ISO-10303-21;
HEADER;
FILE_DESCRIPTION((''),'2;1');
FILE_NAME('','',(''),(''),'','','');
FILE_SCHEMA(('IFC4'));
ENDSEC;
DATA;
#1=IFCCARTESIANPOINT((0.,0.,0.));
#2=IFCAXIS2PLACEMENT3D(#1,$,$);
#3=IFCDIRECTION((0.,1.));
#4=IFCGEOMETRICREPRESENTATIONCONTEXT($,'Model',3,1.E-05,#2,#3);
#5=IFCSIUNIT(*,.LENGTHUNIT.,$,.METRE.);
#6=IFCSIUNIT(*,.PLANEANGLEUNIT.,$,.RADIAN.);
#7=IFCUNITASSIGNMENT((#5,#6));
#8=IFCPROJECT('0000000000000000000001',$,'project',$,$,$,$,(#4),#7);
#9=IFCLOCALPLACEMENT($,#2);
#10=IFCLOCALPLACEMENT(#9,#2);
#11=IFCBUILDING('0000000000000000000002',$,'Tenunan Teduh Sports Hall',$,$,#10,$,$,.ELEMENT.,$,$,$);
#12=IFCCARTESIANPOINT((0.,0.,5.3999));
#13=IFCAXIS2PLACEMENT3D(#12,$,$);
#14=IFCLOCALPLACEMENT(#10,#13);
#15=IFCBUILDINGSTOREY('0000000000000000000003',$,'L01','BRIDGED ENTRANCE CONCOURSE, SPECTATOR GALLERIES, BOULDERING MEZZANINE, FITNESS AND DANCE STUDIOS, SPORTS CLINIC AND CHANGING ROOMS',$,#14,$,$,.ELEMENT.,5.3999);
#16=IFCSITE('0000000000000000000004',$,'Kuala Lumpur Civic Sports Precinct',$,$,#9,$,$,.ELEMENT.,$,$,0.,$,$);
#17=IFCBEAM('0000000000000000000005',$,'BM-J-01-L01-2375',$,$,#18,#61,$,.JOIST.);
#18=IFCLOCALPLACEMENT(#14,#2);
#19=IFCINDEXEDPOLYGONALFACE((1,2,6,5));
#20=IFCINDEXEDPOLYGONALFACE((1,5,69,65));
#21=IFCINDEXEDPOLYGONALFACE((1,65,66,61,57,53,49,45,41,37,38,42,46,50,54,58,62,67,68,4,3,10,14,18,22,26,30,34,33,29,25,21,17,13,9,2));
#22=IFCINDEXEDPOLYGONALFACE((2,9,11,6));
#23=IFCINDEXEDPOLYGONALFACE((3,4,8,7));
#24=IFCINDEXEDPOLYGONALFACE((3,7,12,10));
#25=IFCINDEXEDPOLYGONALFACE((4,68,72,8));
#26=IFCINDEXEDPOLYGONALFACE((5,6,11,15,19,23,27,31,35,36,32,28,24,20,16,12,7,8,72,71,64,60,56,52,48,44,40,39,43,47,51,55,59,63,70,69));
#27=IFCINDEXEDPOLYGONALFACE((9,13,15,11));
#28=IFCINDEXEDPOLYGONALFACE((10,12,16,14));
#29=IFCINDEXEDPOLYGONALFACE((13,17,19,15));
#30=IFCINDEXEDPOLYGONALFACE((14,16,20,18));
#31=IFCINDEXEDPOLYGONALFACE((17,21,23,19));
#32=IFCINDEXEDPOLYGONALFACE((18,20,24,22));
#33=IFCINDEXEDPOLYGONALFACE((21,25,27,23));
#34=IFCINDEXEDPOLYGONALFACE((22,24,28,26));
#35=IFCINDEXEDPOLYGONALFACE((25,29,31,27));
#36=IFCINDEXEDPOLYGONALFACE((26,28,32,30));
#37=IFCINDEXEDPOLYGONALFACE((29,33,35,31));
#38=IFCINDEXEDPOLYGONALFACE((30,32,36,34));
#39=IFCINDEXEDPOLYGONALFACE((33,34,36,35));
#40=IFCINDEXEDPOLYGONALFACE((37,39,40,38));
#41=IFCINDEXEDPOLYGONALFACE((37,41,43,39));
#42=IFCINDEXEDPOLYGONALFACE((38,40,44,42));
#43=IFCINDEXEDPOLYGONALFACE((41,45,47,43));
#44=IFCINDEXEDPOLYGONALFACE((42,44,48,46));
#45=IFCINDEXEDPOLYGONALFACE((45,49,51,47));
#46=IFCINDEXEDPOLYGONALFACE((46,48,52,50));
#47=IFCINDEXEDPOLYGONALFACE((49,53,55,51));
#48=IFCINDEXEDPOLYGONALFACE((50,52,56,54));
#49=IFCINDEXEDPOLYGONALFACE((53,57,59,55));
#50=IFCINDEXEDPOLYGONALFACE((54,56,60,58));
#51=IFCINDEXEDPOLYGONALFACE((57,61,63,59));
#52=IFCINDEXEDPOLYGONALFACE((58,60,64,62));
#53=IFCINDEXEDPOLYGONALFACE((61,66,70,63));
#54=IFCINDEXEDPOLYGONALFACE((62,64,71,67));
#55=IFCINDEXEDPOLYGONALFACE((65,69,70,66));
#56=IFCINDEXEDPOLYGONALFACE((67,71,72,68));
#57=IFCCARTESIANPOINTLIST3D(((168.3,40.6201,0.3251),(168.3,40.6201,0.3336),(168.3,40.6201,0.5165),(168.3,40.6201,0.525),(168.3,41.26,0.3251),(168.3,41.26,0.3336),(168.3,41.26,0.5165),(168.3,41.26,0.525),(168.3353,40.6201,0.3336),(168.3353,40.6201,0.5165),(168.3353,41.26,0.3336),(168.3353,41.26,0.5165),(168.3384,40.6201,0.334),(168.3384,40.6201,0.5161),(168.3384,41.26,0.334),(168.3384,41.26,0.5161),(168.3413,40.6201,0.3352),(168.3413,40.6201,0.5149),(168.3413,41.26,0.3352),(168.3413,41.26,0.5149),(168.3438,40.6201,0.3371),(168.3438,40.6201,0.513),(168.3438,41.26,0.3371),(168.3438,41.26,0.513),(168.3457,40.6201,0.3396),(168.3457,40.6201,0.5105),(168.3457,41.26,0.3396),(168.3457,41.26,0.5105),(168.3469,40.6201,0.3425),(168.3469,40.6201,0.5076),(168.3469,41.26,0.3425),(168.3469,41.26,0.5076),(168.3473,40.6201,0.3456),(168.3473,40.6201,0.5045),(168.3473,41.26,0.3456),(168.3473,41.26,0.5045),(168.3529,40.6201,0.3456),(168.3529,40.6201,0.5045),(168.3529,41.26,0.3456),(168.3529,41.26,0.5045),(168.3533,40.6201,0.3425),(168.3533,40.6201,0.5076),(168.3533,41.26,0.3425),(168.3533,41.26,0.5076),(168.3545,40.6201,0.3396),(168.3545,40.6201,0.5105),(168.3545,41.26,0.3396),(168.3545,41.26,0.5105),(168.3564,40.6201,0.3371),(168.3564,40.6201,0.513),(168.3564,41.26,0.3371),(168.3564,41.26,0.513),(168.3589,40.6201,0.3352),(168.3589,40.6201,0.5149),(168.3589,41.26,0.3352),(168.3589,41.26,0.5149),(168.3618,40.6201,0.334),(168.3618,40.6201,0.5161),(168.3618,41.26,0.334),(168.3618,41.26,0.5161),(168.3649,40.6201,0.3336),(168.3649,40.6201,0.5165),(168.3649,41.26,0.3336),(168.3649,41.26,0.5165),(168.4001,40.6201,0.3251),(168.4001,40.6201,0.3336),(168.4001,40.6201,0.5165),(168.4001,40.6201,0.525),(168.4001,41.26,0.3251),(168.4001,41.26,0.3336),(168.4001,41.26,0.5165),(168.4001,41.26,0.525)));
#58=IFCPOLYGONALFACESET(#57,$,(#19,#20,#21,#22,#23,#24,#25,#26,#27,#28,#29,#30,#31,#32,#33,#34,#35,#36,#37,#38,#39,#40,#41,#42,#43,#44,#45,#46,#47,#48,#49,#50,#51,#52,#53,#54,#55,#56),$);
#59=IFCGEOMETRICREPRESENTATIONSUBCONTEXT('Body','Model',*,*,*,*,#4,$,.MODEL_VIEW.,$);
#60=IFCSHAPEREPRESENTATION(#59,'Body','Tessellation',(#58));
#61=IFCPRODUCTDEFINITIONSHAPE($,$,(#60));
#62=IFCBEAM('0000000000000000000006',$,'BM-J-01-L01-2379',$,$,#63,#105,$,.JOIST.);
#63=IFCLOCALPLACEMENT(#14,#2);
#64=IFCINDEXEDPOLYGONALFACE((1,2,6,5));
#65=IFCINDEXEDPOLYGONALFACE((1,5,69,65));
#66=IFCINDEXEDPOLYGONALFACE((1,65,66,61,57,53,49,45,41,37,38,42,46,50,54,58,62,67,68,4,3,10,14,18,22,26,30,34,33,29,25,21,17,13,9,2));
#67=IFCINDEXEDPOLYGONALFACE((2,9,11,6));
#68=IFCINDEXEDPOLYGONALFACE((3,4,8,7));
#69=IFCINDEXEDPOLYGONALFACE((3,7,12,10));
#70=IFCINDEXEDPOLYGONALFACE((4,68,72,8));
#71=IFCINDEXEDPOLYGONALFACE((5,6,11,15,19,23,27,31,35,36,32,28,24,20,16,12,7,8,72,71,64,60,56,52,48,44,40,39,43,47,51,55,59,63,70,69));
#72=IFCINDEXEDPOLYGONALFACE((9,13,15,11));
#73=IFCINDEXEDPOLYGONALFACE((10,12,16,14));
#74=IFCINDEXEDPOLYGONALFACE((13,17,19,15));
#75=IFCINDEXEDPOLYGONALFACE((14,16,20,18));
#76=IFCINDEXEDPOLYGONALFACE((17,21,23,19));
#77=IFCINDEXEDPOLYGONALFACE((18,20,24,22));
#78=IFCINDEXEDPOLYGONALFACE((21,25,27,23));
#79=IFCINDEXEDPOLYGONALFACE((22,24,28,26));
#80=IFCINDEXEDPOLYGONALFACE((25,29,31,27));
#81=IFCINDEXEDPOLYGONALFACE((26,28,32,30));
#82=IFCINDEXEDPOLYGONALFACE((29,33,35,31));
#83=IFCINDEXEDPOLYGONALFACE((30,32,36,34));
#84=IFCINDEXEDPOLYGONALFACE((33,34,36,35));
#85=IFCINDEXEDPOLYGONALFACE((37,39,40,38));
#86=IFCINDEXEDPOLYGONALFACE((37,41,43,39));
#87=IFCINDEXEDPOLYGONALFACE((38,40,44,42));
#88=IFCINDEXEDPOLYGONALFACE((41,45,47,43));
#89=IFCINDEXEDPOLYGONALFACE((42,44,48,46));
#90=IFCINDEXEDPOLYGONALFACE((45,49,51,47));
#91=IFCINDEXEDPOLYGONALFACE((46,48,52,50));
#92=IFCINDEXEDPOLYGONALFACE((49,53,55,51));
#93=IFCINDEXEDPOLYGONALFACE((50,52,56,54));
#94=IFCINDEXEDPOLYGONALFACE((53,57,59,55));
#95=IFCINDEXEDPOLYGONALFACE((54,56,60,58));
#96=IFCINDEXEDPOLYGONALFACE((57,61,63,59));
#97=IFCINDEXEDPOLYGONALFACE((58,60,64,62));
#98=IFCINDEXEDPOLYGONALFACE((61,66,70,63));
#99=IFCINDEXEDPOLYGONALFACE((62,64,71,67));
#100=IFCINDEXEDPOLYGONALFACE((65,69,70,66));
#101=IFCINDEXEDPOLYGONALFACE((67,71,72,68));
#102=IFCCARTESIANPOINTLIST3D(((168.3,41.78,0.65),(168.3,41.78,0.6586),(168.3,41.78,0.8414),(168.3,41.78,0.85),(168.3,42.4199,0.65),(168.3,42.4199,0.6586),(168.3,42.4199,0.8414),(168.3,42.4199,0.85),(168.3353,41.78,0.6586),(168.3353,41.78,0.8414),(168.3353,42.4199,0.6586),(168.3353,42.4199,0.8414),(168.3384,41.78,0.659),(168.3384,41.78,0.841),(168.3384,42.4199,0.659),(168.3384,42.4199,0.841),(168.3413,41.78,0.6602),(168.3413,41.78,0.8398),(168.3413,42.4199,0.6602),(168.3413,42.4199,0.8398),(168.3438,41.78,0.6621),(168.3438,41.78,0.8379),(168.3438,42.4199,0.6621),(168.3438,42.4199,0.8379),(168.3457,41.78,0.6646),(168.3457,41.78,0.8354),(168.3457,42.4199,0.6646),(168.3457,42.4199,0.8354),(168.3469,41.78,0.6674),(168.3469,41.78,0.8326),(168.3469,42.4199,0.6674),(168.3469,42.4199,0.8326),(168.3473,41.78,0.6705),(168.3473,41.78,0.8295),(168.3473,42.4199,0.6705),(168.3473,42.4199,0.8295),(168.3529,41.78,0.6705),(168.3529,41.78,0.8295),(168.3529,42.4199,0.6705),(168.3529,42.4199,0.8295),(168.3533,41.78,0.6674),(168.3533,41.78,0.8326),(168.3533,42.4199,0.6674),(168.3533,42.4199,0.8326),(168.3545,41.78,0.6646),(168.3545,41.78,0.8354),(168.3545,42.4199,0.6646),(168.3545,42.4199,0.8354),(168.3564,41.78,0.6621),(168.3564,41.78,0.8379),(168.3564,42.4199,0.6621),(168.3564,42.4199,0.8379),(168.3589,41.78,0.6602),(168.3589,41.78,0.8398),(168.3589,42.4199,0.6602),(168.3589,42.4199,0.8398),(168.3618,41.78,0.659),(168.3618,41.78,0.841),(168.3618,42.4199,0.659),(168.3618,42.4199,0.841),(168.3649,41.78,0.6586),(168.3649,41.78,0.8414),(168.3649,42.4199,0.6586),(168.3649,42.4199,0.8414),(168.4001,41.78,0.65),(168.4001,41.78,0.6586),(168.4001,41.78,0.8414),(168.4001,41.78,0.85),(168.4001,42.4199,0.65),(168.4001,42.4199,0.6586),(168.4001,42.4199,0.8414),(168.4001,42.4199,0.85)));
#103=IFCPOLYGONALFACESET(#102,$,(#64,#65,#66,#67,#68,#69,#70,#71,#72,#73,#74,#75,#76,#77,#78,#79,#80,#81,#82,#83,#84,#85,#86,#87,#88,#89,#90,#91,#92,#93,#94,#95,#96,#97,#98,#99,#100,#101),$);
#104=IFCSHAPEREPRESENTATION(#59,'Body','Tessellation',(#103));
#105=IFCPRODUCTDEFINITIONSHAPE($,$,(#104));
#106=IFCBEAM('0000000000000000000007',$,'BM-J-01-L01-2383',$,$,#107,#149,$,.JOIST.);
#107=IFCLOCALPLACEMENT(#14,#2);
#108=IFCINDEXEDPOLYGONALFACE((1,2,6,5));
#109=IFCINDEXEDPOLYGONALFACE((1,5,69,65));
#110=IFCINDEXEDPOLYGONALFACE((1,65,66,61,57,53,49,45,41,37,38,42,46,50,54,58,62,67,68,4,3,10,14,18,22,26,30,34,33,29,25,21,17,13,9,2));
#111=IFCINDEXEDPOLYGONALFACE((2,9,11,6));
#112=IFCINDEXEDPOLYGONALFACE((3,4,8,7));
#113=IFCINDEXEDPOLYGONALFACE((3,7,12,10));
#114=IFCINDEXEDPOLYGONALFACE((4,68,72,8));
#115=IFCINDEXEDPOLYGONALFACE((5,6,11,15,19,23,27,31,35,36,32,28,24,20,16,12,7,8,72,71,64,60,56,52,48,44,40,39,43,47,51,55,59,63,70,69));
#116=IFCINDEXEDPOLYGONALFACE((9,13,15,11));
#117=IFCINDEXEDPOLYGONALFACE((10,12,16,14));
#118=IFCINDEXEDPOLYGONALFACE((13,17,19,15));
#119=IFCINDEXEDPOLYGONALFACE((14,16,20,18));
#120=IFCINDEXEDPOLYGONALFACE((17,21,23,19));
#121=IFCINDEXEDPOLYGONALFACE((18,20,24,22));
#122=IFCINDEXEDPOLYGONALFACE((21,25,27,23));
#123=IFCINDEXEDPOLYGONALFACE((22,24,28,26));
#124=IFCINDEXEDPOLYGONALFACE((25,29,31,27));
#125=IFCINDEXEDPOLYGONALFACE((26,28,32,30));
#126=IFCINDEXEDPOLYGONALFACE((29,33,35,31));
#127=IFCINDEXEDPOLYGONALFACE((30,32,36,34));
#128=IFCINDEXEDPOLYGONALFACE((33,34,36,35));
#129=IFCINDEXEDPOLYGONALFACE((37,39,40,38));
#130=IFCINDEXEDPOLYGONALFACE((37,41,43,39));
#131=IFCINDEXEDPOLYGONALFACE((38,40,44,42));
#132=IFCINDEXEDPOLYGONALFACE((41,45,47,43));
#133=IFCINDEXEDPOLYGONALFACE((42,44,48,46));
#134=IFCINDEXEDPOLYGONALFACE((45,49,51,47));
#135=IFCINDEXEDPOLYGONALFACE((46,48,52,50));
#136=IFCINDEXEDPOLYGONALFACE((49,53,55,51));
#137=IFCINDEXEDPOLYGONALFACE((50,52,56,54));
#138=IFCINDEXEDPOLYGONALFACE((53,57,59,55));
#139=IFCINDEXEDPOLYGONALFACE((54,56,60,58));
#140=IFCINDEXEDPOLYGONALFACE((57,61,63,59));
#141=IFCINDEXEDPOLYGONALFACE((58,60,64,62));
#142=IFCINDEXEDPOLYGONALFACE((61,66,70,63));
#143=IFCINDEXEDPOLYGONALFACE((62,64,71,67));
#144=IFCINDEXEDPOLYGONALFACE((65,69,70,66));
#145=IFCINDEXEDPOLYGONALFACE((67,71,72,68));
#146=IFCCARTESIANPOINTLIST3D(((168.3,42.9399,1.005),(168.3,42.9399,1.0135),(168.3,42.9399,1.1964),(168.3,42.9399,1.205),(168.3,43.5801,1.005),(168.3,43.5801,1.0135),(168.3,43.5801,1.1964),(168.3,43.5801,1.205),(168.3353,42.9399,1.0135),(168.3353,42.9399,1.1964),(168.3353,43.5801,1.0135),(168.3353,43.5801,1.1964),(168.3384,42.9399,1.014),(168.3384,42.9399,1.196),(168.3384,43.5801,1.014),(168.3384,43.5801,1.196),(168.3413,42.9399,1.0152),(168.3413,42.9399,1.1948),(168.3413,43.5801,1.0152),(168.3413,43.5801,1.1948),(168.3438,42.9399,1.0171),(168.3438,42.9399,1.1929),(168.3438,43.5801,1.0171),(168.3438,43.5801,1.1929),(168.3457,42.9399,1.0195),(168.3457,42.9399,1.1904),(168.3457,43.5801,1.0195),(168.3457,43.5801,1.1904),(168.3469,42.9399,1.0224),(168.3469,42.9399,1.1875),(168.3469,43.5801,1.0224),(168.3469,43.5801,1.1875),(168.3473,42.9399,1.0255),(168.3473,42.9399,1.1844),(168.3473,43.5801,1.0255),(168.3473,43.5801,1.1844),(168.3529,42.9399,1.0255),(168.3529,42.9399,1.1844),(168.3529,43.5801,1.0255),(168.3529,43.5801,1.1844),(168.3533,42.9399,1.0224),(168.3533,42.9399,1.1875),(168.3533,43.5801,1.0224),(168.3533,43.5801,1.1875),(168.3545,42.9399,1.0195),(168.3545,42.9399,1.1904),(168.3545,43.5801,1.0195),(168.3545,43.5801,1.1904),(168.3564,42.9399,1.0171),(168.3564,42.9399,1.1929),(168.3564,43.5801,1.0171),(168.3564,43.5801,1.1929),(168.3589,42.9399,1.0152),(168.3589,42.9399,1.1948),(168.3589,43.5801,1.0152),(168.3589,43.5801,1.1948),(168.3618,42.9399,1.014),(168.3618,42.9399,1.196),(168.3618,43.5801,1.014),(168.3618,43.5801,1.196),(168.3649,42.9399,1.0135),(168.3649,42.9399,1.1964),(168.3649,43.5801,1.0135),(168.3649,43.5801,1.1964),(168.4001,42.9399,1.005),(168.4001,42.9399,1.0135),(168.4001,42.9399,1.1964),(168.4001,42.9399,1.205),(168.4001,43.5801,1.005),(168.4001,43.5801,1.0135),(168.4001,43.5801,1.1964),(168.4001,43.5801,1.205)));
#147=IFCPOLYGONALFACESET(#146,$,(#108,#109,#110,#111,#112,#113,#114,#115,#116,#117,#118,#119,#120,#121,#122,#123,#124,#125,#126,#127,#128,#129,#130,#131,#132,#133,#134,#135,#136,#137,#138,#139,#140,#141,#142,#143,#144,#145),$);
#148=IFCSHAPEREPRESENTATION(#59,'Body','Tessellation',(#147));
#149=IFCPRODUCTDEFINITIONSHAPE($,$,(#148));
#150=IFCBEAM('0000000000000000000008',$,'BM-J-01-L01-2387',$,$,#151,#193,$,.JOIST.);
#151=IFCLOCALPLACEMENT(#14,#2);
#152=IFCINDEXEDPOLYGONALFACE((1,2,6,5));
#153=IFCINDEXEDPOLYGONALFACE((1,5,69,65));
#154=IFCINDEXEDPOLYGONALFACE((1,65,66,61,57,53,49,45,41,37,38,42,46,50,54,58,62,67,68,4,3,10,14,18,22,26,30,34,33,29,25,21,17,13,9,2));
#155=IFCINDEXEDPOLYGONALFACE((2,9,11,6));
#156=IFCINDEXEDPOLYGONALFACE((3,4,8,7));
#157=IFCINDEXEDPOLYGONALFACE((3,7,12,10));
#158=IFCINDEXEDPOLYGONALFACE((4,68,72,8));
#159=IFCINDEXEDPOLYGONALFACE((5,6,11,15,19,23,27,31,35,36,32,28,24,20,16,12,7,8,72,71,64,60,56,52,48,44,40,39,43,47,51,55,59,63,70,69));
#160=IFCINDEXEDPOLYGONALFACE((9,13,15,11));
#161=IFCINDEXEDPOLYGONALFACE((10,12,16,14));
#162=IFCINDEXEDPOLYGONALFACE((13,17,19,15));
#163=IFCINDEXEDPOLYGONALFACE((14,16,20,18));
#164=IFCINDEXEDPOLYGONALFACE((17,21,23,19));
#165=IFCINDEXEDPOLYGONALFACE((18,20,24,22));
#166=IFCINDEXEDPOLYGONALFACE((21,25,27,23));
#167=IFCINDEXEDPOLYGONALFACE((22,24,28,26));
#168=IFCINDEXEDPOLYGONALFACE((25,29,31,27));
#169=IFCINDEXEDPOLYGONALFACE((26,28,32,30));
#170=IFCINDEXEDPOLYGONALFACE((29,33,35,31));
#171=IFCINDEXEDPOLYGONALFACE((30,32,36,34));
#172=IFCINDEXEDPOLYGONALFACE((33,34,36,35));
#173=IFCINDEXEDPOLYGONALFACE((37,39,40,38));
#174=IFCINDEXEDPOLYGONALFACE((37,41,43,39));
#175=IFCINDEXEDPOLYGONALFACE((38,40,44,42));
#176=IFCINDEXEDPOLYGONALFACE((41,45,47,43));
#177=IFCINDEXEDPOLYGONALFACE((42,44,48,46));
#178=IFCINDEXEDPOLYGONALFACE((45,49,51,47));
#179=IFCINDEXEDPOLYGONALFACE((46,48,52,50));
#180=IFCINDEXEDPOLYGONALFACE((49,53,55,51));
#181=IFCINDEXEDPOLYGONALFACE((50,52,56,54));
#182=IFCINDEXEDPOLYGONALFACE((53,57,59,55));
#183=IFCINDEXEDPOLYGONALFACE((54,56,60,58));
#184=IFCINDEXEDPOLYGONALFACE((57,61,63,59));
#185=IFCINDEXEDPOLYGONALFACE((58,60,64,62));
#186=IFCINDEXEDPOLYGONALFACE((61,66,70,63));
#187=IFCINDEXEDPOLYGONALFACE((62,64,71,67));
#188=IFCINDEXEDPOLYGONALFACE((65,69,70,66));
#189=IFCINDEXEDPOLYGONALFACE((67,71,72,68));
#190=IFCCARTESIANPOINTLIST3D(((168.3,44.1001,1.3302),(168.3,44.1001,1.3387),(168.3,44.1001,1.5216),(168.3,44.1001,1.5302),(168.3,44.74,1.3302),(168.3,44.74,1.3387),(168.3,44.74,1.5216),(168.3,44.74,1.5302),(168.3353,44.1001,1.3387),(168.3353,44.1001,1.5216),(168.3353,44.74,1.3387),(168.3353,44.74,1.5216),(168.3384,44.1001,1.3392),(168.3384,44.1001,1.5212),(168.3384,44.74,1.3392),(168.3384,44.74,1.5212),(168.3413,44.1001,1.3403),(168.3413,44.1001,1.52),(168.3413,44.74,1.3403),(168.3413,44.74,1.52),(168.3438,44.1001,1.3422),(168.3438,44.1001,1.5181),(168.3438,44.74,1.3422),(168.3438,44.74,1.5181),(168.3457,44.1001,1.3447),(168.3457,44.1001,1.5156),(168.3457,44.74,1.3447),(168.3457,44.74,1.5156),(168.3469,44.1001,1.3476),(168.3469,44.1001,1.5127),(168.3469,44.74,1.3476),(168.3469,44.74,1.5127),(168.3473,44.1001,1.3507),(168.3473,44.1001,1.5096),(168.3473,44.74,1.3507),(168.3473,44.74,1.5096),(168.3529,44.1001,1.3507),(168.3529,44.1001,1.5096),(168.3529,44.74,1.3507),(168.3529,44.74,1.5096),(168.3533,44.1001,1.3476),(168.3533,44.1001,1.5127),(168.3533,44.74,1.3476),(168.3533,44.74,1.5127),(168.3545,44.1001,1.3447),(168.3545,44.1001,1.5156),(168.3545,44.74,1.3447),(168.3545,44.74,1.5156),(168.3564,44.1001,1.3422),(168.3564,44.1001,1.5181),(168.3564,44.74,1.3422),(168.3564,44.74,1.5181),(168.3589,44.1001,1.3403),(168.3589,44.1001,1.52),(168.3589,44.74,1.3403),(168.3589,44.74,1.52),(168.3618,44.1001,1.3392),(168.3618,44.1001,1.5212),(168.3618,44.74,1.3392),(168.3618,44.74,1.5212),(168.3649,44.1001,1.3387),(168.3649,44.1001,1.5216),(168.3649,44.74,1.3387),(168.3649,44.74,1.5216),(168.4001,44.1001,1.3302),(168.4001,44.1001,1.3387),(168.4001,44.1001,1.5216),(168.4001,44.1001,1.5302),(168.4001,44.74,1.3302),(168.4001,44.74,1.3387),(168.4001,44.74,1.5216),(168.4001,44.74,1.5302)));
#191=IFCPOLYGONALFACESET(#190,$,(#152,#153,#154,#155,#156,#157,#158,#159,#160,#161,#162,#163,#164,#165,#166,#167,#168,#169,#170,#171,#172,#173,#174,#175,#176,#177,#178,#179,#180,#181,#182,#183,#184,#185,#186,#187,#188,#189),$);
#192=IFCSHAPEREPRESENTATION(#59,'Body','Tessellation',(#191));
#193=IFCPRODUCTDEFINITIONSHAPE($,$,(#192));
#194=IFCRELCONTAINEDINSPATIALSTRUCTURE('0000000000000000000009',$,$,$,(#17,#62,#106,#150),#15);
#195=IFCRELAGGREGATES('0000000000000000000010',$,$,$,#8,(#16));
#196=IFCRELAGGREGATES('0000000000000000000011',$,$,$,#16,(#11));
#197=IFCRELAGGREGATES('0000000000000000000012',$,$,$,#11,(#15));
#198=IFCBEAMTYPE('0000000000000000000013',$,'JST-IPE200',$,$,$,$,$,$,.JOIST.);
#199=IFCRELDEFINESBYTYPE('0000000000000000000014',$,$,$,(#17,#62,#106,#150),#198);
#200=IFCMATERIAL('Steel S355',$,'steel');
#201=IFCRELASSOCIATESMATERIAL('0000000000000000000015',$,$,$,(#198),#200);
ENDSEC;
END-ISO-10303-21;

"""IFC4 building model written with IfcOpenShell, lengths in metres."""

from ifc_helpers import new_model, si_unit, direction, frame, origin, origin_2d, place, context, subcontext, project, spatial, i_section, extrude, material, material_profile, profile_set, type_object, element, save


model = new_model("IFC4")

# Units and contexts
model_context = context("Model", 3, precision=1e-05, world=origin(), true_north=direction((0.0, 1.0)))
body_context = subcontext(model_context, "Body", "Model", "MODEL_VIEW")
ifc_project = project(units=[si_unit("LENGTHUNIT", "METRE"), si_unit("PLANEANGLEUNIT", "RADIAN")], contexts=[model_context])

# Site, building, storey
site_placement = place(None, origin())
site = spatial("IfcSite", under=ifc_project, at=site_placement, Name="Kuala Lumpur Civic Sports Precinct", CompositionType="ELEMENT", RefElevation=0.0)
building_placement = place(site_placement, origin())
building = spatial("IfcBuilding", under=site, at=building_placement, Name="Tenunan Teduh Sports Hall", CompositionType="ELEMENT")
storey_placement = place(building_placement, frame((0.0, 0.0, 5.3999)))
storey = spatial("IfcBuildingStorey", under=building, at=storey_placement, Name="L01", Description="BRIDGED ENTRANCE CONCOURSE, SPECTATOR GALLERIES, BOULDERING MEZZANINE, FITNESS AND DANCE STUDIOS, SPORTS CLINIC AND CHANGING ROOMS", CompositionType="ELEMENT", Elevation=5.3999)

# Beams
ifc_material_1 = material(Name="Steel S355", Category="steel")
ifc_material_profile_1 = material_profile(ifc_material_1, i_section(OverallWidth=0.1001, OverallDepth=0.2, WebThickness=0.0056, FlangeThickness=0.0085, FilletRadius=0.012, at=origin_2d()), Name="IPE 200")
ifc_profile_set_1 = profile_set([ifc_material_profile_1], Name="Steel S355")
beam_type = type_object("IfcBeamType", Name="JST-IPE200", PredefinedType="JOIST", material=ifc_profile_set_1)
for number, where, z_axis, x_axis, name in (
    (1, (168.3501, 40.6201, 0.425), (0.0, 1.0, 0.0), (-1.0, 0.0, 0.0), "BM-J-01-L01-2375"),
    (2, (168.3501, 41.78, 0.75), (0.0, 1.0, 0.0), (-1.0, 0.0, 0.0), "BM-J-01-L01-2379"),
):
    element("IfcBeam", number, at=place(storey_placement, frame(where, z_axis=z_axis, x_axis=x_axis)), inside=storey, type_object=beam_type, Name=name, PredefinedType="JOIST", context=body_context, shape_type="SweptSolid", body=[
        extrude(i_section(OverallWidth=0.1001, OverallDepth=0.2, WebThickness=0.0056, FlangeThickness=0.0085, FilletRadius=0.012, at=origin_2d()), origin(), (0.0, 0.0, 1.0), 0.6399),
    ])
beam_1_placement = place(storey_placement, frame((168.3501, 42.9399, 1.105), z_axis=(0.0, 1.0, 0.0), x_axis=(-1.0, 0.0, 0.0)))
element("IfcBeam", 3, at=beam_1_placement, inside=storey, type_object=beam_type, Name="BM-J-01-L01-2383", PredefinedType="JOIST", context=body_context, shape_type="SweptSolid", body=[
    extrude(i_section(OverallWidth=0.1001, OverallDepth=0.2, WebThickness=0.0056, FlangeThickness=0.0085, FilletRadius=0.012, at=origin_2d()), origin(), (0.0, 0.0, 1.0), 0.6401),
])
beam_2_placement = place(storey_placement, frame((168.3501, 44.1001, 1.4302), z_axis=(0.0, 1.0, 0.0), x_axis=(-1.0, 0.0, 0.0)))
element("IfcBeam", 4, at=beam_2_placement, inside=storey, type_object=beam_type, Name="BM-J-01-L01-2387", PredefinedType="JOIST", context=body_context, shape_type="SweptSolid", body=[
    extrude(i_section(OverallWidth=0.1001, OverallDepth=0.2, WebThickness=0.0056, FlangeThickness=0.0085, FilletRadius=0.012, at=origin_2d()), origin(), (0.0, 0.0, 1.0), 0.6399),
])

save(model, "model.ifc")
